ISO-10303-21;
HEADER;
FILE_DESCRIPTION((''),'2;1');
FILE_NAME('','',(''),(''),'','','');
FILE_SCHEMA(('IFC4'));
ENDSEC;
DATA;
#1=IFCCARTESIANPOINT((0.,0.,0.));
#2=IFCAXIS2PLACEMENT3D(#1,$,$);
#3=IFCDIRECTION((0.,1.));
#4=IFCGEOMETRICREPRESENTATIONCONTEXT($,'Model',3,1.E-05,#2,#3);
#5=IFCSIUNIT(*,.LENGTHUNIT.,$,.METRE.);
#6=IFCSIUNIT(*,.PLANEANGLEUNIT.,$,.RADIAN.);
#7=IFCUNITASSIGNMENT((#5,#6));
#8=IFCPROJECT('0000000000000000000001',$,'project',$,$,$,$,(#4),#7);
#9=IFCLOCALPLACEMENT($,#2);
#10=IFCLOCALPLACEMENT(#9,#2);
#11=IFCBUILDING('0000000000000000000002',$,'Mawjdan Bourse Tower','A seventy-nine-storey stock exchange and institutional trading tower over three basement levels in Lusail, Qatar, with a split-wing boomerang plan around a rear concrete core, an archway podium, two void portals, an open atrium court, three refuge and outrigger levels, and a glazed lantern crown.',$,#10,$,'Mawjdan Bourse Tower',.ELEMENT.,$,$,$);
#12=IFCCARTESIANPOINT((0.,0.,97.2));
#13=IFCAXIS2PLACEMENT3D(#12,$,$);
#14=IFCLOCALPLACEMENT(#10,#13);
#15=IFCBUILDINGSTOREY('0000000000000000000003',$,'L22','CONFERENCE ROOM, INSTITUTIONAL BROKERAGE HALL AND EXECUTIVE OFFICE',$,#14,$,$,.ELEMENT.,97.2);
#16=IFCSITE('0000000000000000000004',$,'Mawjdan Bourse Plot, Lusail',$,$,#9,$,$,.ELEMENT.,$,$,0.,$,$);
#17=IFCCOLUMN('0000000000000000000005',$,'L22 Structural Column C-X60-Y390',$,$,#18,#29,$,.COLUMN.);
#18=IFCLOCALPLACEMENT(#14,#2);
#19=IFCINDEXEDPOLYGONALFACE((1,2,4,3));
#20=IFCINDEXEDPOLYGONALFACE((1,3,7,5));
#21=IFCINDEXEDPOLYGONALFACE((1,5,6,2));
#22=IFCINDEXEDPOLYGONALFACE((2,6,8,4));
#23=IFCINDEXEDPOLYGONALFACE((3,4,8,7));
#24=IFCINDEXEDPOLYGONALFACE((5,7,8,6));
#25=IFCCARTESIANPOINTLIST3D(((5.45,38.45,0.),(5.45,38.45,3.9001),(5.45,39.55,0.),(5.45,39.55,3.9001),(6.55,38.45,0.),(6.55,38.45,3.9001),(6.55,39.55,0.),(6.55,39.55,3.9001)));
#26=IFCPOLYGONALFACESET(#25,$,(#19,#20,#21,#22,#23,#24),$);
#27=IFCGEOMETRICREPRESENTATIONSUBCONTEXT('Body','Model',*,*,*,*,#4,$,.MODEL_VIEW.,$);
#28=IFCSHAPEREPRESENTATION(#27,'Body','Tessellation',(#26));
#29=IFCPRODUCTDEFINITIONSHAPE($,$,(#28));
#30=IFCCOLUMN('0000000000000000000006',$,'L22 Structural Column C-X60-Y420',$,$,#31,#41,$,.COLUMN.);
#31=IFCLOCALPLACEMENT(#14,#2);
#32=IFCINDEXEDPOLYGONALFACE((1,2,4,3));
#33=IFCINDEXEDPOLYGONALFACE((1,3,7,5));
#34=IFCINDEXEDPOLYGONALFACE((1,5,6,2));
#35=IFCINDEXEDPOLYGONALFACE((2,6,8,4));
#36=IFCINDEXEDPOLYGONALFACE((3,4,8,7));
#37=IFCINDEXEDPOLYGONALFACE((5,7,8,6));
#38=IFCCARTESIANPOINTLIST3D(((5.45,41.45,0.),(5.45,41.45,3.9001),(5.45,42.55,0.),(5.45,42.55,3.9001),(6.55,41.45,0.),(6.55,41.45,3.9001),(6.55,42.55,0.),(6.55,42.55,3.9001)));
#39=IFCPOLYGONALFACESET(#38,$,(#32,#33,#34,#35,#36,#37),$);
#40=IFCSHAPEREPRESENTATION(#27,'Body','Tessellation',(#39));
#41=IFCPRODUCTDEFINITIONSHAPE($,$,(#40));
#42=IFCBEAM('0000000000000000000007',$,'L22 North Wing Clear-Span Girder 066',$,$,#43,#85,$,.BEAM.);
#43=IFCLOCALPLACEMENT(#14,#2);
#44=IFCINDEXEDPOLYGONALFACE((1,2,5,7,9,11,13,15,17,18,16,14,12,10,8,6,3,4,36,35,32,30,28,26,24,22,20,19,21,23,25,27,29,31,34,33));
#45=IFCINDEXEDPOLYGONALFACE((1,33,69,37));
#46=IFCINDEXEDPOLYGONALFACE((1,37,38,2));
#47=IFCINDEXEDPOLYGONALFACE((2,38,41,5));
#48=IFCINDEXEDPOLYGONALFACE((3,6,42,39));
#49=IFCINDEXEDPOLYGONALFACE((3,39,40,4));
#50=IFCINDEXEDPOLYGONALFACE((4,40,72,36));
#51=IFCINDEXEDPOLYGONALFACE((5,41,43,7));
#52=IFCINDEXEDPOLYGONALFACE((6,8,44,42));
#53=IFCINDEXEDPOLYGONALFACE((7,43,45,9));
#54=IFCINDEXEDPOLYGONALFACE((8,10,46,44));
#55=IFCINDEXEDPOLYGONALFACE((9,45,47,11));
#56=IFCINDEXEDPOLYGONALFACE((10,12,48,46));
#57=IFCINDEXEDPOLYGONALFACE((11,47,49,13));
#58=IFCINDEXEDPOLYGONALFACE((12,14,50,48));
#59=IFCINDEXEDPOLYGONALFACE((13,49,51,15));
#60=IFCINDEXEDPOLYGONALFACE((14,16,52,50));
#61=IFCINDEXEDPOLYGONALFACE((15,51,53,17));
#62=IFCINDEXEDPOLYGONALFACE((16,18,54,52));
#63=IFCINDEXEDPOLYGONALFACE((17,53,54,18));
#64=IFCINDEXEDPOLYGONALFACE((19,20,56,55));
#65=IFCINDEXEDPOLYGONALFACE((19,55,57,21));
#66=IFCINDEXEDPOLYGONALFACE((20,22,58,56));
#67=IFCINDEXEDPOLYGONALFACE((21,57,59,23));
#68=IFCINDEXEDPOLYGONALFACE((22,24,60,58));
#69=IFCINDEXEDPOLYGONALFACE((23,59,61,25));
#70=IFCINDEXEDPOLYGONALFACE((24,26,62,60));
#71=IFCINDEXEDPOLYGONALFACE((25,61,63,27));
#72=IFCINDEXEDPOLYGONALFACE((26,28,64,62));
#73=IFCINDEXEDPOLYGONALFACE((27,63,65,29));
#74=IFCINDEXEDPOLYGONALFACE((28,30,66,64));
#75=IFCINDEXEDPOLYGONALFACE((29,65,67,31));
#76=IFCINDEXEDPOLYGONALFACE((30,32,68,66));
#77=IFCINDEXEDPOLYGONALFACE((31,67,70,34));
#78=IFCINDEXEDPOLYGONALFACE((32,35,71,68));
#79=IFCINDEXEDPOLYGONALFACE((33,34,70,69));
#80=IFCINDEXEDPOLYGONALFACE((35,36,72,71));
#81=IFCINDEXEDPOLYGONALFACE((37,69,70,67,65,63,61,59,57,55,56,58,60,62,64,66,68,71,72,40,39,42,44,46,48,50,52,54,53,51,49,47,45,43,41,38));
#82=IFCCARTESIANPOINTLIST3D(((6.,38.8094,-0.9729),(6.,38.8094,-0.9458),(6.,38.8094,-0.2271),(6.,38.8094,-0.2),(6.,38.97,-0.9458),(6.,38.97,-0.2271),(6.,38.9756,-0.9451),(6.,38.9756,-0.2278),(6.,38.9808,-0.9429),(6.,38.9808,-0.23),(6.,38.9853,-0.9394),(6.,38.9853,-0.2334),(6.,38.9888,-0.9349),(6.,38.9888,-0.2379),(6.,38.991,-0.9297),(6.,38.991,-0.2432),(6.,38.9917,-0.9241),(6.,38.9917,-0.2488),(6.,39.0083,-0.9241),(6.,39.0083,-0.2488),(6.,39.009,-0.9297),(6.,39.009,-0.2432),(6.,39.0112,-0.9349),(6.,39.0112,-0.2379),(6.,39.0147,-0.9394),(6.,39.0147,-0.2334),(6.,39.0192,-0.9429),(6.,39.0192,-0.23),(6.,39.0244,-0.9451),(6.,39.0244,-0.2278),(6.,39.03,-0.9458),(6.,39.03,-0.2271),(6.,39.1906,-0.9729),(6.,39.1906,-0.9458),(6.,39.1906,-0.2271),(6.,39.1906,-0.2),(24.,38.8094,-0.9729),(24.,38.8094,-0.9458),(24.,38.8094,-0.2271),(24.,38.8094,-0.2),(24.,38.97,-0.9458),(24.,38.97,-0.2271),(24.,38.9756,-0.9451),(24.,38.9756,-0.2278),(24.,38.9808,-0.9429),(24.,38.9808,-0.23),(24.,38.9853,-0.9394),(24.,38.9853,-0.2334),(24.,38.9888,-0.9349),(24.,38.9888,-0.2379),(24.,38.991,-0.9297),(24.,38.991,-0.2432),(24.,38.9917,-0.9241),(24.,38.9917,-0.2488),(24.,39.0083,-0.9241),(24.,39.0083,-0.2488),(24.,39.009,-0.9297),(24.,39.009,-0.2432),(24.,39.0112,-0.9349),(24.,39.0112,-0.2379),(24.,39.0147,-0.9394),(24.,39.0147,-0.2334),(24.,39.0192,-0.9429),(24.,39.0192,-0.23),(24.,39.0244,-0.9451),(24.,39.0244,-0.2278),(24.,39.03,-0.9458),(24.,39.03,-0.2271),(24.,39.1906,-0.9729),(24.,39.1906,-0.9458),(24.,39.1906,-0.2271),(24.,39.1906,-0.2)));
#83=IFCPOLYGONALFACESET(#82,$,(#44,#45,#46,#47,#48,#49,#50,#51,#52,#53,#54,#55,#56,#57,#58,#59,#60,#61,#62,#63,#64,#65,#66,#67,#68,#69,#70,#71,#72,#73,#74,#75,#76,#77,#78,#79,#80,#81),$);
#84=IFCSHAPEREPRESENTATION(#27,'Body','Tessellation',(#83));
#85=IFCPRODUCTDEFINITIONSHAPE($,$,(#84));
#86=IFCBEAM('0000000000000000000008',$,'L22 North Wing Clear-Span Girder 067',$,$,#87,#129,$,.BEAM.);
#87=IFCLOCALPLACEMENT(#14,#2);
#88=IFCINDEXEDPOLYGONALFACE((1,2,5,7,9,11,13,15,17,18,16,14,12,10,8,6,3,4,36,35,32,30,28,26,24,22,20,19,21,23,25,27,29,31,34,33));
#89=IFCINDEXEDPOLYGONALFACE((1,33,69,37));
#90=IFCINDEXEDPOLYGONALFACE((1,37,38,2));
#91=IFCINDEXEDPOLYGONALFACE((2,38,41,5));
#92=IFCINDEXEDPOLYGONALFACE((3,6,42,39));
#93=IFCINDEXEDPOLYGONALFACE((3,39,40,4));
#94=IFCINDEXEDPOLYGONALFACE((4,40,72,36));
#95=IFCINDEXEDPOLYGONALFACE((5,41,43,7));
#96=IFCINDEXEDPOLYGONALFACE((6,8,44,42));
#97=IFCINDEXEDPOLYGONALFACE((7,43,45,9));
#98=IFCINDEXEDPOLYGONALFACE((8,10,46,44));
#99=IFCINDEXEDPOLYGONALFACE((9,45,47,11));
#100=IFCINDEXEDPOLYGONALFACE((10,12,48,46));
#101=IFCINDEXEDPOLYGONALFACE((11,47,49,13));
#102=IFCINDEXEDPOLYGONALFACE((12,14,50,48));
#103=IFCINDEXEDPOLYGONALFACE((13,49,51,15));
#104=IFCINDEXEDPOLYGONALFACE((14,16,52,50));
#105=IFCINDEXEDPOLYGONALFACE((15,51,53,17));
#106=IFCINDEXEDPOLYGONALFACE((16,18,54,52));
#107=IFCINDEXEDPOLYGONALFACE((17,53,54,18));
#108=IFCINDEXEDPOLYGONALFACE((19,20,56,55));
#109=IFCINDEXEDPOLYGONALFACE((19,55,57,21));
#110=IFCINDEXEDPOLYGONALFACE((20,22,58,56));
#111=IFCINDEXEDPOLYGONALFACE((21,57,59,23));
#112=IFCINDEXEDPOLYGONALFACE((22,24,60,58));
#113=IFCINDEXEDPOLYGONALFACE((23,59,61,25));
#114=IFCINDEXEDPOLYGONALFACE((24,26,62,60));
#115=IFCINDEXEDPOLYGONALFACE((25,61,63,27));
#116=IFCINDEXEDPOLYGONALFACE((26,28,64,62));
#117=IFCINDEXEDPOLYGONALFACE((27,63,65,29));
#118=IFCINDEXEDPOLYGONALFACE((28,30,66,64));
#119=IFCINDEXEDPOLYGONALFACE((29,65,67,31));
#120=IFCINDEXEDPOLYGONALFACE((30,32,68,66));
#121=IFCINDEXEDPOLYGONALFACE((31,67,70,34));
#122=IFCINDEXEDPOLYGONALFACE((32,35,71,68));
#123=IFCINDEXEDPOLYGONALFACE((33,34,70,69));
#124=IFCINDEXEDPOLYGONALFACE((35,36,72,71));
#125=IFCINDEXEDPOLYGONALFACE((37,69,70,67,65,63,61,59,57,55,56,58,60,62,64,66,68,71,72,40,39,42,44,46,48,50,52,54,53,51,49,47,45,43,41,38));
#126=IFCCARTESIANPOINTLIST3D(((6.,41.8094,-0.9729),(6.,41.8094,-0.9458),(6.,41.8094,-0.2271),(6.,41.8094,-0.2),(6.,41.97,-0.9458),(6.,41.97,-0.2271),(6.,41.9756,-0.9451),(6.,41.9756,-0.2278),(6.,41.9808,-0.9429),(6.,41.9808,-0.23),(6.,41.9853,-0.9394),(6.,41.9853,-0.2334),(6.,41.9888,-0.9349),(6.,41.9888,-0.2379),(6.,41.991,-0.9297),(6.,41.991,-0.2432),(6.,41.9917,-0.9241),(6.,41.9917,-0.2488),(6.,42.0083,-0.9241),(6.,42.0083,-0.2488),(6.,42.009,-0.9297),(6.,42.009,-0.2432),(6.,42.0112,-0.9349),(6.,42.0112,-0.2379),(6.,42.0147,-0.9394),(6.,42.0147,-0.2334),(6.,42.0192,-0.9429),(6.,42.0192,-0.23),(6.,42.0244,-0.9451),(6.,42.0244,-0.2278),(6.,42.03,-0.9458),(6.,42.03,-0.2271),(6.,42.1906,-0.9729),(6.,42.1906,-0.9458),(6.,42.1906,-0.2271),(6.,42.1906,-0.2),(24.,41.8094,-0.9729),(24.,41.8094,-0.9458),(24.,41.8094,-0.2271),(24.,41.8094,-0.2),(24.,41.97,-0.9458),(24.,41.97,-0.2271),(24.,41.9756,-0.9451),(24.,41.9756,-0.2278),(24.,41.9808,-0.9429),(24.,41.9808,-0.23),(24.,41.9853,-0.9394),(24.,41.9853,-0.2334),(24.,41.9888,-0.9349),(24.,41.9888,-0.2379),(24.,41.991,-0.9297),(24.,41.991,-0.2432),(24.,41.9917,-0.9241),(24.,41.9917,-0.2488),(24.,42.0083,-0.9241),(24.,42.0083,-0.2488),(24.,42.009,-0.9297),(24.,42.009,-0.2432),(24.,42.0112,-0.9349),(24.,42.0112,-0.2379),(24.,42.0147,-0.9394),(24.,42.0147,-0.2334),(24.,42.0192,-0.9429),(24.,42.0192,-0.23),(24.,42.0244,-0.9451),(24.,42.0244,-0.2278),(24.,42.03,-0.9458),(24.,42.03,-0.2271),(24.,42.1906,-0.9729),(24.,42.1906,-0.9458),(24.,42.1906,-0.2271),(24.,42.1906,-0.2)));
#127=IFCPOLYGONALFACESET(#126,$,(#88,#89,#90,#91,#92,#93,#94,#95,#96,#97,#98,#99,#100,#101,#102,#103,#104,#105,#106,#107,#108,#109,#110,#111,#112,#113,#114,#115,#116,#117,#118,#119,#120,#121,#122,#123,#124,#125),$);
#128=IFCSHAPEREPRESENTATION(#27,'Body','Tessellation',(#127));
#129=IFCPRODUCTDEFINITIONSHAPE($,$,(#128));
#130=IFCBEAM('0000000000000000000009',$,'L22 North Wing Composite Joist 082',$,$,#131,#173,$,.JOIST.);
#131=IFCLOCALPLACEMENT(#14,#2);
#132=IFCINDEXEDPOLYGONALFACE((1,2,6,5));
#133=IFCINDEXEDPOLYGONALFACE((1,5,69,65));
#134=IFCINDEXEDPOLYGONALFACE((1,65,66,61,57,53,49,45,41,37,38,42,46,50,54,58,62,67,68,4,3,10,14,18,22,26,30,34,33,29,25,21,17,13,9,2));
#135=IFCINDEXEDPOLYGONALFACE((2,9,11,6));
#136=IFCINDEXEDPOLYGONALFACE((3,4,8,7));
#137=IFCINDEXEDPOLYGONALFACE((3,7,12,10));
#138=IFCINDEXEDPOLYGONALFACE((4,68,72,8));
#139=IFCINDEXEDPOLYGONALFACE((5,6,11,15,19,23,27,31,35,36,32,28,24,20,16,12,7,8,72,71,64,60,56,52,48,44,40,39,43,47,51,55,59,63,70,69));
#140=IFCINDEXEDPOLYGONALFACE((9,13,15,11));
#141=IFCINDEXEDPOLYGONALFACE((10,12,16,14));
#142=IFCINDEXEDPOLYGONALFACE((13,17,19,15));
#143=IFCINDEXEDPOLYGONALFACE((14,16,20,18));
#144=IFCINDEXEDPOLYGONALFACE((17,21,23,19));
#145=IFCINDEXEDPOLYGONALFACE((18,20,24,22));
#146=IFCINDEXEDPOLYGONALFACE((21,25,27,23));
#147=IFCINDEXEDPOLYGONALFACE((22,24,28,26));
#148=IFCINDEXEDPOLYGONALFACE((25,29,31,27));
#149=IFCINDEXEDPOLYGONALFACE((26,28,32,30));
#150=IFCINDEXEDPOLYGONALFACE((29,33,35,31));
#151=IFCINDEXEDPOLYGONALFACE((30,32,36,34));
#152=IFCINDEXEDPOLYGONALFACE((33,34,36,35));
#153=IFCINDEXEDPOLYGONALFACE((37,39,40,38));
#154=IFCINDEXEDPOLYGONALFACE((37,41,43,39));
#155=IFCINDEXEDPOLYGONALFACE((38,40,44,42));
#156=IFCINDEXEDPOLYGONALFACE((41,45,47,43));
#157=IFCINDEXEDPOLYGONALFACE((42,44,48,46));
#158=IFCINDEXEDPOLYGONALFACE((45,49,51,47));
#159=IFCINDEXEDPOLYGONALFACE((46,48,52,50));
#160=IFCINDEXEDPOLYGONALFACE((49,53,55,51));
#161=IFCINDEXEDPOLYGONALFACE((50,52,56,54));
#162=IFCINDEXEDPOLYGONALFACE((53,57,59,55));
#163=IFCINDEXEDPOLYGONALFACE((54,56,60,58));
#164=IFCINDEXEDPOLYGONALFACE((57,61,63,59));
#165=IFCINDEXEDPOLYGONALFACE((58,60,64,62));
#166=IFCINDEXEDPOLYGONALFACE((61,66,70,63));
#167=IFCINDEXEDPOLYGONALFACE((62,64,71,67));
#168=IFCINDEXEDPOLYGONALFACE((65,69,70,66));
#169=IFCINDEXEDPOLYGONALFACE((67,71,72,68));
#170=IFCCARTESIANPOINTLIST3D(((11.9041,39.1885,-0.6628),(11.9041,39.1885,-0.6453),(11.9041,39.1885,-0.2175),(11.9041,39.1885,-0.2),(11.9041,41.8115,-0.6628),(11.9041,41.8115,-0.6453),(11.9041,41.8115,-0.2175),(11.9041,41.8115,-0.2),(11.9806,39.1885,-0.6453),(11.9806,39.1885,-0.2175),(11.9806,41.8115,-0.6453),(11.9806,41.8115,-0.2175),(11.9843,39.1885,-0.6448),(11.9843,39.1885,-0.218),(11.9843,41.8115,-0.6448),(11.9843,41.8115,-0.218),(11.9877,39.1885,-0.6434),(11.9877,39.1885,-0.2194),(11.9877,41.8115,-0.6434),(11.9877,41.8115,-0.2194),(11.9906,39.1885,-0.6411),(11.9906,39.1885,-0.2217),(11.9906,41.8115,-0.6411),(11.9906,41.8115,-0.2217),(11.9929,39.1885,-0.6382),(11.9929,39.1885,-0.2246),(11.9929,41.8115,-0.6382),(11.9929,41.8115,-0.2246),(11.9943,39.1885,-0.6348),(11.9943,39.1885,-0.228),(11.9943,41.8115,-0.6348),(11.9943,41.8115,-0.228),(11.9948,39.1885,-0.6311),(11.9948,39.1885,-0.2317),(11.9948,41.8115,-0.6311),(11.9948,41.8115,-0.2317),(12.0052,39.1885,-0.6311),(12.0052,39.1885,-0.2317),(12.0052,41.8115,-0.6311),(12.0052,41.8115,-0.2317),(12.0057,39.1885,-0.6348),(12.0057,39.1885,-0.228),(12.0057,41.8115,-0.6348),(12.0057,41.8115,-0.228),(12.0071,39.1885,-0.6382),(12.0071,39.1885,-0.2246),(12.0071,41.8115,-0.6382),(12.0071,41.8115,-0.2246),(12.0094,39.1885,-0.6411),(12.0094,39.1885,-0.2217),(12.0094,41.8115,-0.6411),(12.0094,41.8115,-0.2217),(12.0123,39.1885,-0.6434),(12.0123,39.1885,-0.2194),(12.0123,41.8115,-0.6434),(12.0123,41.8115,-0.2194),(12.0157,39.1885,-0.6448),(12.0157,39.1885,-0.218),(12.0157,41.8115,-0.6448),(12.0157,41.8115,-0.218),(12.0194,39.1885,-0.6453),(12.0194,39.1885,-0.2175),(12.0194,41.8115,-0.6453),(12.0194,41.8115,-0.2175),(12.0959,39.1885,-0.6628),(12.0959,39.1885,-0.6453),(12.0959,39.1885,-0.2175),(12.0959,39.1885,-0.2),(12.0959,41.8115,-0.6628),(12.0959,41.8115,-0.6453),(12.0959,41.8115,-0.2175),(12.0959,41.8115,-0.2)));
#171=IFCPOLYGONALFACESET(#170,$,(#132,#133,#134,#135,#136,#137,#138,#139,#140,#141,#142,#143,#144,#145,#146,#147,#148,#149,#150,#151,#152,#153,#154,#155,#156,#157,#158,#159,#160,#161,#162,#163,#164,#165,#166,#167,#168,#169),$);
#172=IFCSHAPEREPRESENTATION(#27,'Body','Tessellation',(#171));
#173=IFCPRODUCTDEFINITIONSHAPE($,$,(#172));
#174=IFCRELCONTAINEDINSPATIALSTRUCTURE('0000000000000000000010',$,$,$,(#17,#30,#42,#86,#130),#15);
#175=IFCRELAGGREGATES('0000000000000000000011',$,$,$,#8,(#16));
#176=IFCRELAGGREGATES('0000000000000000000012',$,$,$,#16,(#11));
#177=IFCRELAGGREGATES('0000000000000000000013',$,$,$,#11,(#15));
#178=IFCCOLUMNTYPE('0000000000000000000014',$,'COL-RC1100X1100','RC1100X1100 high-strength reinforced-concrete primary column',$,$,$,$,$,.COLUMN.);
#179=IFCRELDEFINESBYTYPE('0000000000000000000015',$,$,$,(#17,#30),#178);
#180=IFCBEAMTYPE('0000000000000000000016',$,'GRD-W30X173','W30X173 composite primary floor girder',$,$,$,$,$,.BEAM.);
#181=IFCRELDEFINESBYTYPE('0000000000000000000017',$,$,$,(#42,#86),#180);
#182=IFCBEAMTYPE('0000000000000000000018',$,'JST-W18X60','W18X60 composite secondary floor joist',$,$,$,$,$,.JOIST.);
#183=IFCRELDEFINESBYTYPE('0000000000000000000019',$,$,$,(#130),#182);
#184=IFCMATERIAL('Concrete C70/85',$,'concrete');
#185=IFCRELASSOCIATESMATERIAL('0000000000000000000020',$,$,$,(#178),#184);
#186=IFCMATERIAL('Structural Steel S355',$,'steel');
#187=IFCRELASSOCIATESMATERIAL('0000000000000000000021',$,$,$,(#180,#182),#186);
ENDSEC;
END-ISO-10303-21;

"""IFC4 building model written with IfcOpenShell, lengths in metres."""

from ifc_helpers import new_model, si_unit, direction, frame, origin, origin_2d, place, context, subcontext, project, spatial, rectangle, i_section, extrude, material, material_profile, profile_set, type_object, element, save


model = new_model("IFC4")

# Units and contexts
model_context = context("Model", 3, precision=1e-05, world=origin(), true_north=direction((0.0, 1.0)))
body_context = subcontext(model_context, "Body", "Model", "MODEL_VIEW")
ifc_project = project(units=[si_unit("LENGTHUNIT", "METRE"), si_unit("PLANEANGLEUNIT", "RADIAN")], contexts=[model_context])

# Site, building, storey
site_placement = place(None, origin())
site = spatial("IfcSite", under=ifc_project, at=site_placement, Name="Mawjdan Bourse Plot, Lusail", CompositionType="ELEMENT", RefElevation=0.0)
building_placement = place(site_placement, origin())
building = spatial("IfcBuilding", under=site, at=building_placement, Name="Mawjdan Bourse Tower", Description="A seventy-nine-storey stock exchange and institutional trading tower over three basement levels in Lusail, Qatar, with a split-wing boomerang plan around a rear concrete core, an archway podium, two void portals, an open atrium court, three refuge and outrigger levels, and a glazed lantern crown.", LongName="Mawjdan Bourse Tower", CompositionType="ELEMENT")
storey_placement = place(building_placement, frame((0.0, 0.0, 97.2)))
storey = spatial("IfcBuildingStorey", under=building, at=storey_placement, Name="L22", Description="CONFERENCE ROOM, INSTITUTIONAL BROKERAGE HALL AND EXECUTIVE OFFICE", CompositionType="ELEMENT", Elevation=97.2)

# Columns
ifc_material_1 = material(Name="Concrete C70/85", Category="concrete")
ifc_material_profile_1 = material_profile(ifc_material_1, rectangle(XDim=1.1001, YDim=1.1001, at=origin_2d()), Name="RC1100X1100")
ifc_profile_set_1 = profile_set([ifc_material_profile_1], Name="Concrete C70/85")
column_type = type_object("IfcColumnType", Name="COL-RC1100X1100", Description="RC1100X1100 high-strength reinforced-concrete primary column", PredefinedType="COLUMN", material=ifc_profile_set_1)
for number, where, z_axis, x_axis, name in (
    (1, (6.0, 39.0, 0.0), (0.0, 0.0, 1.0), (1.0, 0.0, 0.0), "L22 Structural Column C-X60-Y390"),
    (2, (6.0, 42.0, 0.0), (0.0, 0.0, 1.0), (1.0, 0.0, 0.0), "L22 Structural Column C-X60-Y420"),
):
    element("IfcColumn", number, at=place(storey_placement, frame(where, z_axis=z_axis, x_axis=x_axis)), inside=storey, type_object=column_type, Name=name, PredefinedType="COLUMN", context=body_context, shape_type="SweptSolid", body=[
        extrude(rectangle(XDim=1.1001, YDim=1.1001, at=origin_2d()), origin(), (0.0, 0.0, 1.0), 3.9001),
    ])

# Beams
ifc_material_2 = material(Name="Structural Steel S355", Category="steel")
ifc_material_profile_2 = material_profile(ifc_material_2, i_section(OverallWidth=0.3811, OverallDepth=0.7729, WebThickness=0.0166, FlangeThickness=0.0271, FilletRadius=0.0217, at=origin_2d()), Name="W30X173")
ifc_profile_set_2 = profile_set([ifc_material_profile_2], Name="Structural Steel S355")
beam_type_1 = type_object("IfcBeamType", Name="GRD-W30X173", Description="W30X173 composite primary floor girder", PredefinedType="BEAM", material=ifc_profile_set_2)
for number, where, z_axis, x_axis, name in (
    (3, (6.0, 39.0, -0.5864), (1.0, 0.0, 0.0), (0.0, 1.0, 0.0), "L22 North Wing Clear-Span Girder 066"),
    (4, (6.0, 42.0, -0.5864), (1.0, 0.0, 0.0), (0.0, 1.0, 0.0), "L22 North Wing Clear-Span Girder 067"),
):
    element("IfcBeam", number, at=place(storey_placement, frame(where, z_axis=z_axis, x_axis=x_axis)), inside=storey, type_object=beam_type_1, Name=name, PredefinedType="BEAM", context=body_context, shape_type="SweptSolid", body=[
        extrude(i_section(OverallWidth=0.3811, OverallDepth=0.7729, WebThickness=0.0166, FlangeThickness=0.0271, FilletRadius=0.0217, at=origin_2d()), origin(), (0.0, 0.0, 1.0), 18.0),
    ])
ifc_material_profile_3 = material_profile(ifc_material_2, i_section(OverallWidth=0.1919, OverallDepth=0.4629, WebThickness=0.0105, FlangeThickness=0.0176, FilletRadius=0.0142, at=origin_2d()), Name="W18X60")
ifc_profile_set_3 = profile_set([ifc_material_profile_3], Name="Structural Steel S355")
beam_type_2 = type_object("IfcBeamType", Name="JST-W18X60", Description="W18X60 composite secondary floor joist", PredefinedType="JOIST", material=ifc_profile_set_3)
for number, where, z_axis, x_axis, name in (
    (5, (12.0, 39.1885, -0.4314), (0.0, 1.0, 0.0), (-1.0, 0.0, 0.0), "L22 North Wing Composite Joist 082"),
):
    element("IfcBeam", number, at=place(storey_placement, frame(where, z_axis=z_axis, x_axis=x_axis)), inside=storey, type_object=beam_type_2, Name=name, PredefinedType="JOIST", context=body_context, shape_type="SweptSolid", body=[
        extrude(i_section(OverallWidth=0.1919, OverallDepth=0.4629, WebThickness=0.0105, FlangeThickness=0.0176, FilletRadius=0.0142, at=origin_2d()), origin(), (0.0, 0.0, 1.0), 2.623),
    ])

save(model, "model.ifc")
